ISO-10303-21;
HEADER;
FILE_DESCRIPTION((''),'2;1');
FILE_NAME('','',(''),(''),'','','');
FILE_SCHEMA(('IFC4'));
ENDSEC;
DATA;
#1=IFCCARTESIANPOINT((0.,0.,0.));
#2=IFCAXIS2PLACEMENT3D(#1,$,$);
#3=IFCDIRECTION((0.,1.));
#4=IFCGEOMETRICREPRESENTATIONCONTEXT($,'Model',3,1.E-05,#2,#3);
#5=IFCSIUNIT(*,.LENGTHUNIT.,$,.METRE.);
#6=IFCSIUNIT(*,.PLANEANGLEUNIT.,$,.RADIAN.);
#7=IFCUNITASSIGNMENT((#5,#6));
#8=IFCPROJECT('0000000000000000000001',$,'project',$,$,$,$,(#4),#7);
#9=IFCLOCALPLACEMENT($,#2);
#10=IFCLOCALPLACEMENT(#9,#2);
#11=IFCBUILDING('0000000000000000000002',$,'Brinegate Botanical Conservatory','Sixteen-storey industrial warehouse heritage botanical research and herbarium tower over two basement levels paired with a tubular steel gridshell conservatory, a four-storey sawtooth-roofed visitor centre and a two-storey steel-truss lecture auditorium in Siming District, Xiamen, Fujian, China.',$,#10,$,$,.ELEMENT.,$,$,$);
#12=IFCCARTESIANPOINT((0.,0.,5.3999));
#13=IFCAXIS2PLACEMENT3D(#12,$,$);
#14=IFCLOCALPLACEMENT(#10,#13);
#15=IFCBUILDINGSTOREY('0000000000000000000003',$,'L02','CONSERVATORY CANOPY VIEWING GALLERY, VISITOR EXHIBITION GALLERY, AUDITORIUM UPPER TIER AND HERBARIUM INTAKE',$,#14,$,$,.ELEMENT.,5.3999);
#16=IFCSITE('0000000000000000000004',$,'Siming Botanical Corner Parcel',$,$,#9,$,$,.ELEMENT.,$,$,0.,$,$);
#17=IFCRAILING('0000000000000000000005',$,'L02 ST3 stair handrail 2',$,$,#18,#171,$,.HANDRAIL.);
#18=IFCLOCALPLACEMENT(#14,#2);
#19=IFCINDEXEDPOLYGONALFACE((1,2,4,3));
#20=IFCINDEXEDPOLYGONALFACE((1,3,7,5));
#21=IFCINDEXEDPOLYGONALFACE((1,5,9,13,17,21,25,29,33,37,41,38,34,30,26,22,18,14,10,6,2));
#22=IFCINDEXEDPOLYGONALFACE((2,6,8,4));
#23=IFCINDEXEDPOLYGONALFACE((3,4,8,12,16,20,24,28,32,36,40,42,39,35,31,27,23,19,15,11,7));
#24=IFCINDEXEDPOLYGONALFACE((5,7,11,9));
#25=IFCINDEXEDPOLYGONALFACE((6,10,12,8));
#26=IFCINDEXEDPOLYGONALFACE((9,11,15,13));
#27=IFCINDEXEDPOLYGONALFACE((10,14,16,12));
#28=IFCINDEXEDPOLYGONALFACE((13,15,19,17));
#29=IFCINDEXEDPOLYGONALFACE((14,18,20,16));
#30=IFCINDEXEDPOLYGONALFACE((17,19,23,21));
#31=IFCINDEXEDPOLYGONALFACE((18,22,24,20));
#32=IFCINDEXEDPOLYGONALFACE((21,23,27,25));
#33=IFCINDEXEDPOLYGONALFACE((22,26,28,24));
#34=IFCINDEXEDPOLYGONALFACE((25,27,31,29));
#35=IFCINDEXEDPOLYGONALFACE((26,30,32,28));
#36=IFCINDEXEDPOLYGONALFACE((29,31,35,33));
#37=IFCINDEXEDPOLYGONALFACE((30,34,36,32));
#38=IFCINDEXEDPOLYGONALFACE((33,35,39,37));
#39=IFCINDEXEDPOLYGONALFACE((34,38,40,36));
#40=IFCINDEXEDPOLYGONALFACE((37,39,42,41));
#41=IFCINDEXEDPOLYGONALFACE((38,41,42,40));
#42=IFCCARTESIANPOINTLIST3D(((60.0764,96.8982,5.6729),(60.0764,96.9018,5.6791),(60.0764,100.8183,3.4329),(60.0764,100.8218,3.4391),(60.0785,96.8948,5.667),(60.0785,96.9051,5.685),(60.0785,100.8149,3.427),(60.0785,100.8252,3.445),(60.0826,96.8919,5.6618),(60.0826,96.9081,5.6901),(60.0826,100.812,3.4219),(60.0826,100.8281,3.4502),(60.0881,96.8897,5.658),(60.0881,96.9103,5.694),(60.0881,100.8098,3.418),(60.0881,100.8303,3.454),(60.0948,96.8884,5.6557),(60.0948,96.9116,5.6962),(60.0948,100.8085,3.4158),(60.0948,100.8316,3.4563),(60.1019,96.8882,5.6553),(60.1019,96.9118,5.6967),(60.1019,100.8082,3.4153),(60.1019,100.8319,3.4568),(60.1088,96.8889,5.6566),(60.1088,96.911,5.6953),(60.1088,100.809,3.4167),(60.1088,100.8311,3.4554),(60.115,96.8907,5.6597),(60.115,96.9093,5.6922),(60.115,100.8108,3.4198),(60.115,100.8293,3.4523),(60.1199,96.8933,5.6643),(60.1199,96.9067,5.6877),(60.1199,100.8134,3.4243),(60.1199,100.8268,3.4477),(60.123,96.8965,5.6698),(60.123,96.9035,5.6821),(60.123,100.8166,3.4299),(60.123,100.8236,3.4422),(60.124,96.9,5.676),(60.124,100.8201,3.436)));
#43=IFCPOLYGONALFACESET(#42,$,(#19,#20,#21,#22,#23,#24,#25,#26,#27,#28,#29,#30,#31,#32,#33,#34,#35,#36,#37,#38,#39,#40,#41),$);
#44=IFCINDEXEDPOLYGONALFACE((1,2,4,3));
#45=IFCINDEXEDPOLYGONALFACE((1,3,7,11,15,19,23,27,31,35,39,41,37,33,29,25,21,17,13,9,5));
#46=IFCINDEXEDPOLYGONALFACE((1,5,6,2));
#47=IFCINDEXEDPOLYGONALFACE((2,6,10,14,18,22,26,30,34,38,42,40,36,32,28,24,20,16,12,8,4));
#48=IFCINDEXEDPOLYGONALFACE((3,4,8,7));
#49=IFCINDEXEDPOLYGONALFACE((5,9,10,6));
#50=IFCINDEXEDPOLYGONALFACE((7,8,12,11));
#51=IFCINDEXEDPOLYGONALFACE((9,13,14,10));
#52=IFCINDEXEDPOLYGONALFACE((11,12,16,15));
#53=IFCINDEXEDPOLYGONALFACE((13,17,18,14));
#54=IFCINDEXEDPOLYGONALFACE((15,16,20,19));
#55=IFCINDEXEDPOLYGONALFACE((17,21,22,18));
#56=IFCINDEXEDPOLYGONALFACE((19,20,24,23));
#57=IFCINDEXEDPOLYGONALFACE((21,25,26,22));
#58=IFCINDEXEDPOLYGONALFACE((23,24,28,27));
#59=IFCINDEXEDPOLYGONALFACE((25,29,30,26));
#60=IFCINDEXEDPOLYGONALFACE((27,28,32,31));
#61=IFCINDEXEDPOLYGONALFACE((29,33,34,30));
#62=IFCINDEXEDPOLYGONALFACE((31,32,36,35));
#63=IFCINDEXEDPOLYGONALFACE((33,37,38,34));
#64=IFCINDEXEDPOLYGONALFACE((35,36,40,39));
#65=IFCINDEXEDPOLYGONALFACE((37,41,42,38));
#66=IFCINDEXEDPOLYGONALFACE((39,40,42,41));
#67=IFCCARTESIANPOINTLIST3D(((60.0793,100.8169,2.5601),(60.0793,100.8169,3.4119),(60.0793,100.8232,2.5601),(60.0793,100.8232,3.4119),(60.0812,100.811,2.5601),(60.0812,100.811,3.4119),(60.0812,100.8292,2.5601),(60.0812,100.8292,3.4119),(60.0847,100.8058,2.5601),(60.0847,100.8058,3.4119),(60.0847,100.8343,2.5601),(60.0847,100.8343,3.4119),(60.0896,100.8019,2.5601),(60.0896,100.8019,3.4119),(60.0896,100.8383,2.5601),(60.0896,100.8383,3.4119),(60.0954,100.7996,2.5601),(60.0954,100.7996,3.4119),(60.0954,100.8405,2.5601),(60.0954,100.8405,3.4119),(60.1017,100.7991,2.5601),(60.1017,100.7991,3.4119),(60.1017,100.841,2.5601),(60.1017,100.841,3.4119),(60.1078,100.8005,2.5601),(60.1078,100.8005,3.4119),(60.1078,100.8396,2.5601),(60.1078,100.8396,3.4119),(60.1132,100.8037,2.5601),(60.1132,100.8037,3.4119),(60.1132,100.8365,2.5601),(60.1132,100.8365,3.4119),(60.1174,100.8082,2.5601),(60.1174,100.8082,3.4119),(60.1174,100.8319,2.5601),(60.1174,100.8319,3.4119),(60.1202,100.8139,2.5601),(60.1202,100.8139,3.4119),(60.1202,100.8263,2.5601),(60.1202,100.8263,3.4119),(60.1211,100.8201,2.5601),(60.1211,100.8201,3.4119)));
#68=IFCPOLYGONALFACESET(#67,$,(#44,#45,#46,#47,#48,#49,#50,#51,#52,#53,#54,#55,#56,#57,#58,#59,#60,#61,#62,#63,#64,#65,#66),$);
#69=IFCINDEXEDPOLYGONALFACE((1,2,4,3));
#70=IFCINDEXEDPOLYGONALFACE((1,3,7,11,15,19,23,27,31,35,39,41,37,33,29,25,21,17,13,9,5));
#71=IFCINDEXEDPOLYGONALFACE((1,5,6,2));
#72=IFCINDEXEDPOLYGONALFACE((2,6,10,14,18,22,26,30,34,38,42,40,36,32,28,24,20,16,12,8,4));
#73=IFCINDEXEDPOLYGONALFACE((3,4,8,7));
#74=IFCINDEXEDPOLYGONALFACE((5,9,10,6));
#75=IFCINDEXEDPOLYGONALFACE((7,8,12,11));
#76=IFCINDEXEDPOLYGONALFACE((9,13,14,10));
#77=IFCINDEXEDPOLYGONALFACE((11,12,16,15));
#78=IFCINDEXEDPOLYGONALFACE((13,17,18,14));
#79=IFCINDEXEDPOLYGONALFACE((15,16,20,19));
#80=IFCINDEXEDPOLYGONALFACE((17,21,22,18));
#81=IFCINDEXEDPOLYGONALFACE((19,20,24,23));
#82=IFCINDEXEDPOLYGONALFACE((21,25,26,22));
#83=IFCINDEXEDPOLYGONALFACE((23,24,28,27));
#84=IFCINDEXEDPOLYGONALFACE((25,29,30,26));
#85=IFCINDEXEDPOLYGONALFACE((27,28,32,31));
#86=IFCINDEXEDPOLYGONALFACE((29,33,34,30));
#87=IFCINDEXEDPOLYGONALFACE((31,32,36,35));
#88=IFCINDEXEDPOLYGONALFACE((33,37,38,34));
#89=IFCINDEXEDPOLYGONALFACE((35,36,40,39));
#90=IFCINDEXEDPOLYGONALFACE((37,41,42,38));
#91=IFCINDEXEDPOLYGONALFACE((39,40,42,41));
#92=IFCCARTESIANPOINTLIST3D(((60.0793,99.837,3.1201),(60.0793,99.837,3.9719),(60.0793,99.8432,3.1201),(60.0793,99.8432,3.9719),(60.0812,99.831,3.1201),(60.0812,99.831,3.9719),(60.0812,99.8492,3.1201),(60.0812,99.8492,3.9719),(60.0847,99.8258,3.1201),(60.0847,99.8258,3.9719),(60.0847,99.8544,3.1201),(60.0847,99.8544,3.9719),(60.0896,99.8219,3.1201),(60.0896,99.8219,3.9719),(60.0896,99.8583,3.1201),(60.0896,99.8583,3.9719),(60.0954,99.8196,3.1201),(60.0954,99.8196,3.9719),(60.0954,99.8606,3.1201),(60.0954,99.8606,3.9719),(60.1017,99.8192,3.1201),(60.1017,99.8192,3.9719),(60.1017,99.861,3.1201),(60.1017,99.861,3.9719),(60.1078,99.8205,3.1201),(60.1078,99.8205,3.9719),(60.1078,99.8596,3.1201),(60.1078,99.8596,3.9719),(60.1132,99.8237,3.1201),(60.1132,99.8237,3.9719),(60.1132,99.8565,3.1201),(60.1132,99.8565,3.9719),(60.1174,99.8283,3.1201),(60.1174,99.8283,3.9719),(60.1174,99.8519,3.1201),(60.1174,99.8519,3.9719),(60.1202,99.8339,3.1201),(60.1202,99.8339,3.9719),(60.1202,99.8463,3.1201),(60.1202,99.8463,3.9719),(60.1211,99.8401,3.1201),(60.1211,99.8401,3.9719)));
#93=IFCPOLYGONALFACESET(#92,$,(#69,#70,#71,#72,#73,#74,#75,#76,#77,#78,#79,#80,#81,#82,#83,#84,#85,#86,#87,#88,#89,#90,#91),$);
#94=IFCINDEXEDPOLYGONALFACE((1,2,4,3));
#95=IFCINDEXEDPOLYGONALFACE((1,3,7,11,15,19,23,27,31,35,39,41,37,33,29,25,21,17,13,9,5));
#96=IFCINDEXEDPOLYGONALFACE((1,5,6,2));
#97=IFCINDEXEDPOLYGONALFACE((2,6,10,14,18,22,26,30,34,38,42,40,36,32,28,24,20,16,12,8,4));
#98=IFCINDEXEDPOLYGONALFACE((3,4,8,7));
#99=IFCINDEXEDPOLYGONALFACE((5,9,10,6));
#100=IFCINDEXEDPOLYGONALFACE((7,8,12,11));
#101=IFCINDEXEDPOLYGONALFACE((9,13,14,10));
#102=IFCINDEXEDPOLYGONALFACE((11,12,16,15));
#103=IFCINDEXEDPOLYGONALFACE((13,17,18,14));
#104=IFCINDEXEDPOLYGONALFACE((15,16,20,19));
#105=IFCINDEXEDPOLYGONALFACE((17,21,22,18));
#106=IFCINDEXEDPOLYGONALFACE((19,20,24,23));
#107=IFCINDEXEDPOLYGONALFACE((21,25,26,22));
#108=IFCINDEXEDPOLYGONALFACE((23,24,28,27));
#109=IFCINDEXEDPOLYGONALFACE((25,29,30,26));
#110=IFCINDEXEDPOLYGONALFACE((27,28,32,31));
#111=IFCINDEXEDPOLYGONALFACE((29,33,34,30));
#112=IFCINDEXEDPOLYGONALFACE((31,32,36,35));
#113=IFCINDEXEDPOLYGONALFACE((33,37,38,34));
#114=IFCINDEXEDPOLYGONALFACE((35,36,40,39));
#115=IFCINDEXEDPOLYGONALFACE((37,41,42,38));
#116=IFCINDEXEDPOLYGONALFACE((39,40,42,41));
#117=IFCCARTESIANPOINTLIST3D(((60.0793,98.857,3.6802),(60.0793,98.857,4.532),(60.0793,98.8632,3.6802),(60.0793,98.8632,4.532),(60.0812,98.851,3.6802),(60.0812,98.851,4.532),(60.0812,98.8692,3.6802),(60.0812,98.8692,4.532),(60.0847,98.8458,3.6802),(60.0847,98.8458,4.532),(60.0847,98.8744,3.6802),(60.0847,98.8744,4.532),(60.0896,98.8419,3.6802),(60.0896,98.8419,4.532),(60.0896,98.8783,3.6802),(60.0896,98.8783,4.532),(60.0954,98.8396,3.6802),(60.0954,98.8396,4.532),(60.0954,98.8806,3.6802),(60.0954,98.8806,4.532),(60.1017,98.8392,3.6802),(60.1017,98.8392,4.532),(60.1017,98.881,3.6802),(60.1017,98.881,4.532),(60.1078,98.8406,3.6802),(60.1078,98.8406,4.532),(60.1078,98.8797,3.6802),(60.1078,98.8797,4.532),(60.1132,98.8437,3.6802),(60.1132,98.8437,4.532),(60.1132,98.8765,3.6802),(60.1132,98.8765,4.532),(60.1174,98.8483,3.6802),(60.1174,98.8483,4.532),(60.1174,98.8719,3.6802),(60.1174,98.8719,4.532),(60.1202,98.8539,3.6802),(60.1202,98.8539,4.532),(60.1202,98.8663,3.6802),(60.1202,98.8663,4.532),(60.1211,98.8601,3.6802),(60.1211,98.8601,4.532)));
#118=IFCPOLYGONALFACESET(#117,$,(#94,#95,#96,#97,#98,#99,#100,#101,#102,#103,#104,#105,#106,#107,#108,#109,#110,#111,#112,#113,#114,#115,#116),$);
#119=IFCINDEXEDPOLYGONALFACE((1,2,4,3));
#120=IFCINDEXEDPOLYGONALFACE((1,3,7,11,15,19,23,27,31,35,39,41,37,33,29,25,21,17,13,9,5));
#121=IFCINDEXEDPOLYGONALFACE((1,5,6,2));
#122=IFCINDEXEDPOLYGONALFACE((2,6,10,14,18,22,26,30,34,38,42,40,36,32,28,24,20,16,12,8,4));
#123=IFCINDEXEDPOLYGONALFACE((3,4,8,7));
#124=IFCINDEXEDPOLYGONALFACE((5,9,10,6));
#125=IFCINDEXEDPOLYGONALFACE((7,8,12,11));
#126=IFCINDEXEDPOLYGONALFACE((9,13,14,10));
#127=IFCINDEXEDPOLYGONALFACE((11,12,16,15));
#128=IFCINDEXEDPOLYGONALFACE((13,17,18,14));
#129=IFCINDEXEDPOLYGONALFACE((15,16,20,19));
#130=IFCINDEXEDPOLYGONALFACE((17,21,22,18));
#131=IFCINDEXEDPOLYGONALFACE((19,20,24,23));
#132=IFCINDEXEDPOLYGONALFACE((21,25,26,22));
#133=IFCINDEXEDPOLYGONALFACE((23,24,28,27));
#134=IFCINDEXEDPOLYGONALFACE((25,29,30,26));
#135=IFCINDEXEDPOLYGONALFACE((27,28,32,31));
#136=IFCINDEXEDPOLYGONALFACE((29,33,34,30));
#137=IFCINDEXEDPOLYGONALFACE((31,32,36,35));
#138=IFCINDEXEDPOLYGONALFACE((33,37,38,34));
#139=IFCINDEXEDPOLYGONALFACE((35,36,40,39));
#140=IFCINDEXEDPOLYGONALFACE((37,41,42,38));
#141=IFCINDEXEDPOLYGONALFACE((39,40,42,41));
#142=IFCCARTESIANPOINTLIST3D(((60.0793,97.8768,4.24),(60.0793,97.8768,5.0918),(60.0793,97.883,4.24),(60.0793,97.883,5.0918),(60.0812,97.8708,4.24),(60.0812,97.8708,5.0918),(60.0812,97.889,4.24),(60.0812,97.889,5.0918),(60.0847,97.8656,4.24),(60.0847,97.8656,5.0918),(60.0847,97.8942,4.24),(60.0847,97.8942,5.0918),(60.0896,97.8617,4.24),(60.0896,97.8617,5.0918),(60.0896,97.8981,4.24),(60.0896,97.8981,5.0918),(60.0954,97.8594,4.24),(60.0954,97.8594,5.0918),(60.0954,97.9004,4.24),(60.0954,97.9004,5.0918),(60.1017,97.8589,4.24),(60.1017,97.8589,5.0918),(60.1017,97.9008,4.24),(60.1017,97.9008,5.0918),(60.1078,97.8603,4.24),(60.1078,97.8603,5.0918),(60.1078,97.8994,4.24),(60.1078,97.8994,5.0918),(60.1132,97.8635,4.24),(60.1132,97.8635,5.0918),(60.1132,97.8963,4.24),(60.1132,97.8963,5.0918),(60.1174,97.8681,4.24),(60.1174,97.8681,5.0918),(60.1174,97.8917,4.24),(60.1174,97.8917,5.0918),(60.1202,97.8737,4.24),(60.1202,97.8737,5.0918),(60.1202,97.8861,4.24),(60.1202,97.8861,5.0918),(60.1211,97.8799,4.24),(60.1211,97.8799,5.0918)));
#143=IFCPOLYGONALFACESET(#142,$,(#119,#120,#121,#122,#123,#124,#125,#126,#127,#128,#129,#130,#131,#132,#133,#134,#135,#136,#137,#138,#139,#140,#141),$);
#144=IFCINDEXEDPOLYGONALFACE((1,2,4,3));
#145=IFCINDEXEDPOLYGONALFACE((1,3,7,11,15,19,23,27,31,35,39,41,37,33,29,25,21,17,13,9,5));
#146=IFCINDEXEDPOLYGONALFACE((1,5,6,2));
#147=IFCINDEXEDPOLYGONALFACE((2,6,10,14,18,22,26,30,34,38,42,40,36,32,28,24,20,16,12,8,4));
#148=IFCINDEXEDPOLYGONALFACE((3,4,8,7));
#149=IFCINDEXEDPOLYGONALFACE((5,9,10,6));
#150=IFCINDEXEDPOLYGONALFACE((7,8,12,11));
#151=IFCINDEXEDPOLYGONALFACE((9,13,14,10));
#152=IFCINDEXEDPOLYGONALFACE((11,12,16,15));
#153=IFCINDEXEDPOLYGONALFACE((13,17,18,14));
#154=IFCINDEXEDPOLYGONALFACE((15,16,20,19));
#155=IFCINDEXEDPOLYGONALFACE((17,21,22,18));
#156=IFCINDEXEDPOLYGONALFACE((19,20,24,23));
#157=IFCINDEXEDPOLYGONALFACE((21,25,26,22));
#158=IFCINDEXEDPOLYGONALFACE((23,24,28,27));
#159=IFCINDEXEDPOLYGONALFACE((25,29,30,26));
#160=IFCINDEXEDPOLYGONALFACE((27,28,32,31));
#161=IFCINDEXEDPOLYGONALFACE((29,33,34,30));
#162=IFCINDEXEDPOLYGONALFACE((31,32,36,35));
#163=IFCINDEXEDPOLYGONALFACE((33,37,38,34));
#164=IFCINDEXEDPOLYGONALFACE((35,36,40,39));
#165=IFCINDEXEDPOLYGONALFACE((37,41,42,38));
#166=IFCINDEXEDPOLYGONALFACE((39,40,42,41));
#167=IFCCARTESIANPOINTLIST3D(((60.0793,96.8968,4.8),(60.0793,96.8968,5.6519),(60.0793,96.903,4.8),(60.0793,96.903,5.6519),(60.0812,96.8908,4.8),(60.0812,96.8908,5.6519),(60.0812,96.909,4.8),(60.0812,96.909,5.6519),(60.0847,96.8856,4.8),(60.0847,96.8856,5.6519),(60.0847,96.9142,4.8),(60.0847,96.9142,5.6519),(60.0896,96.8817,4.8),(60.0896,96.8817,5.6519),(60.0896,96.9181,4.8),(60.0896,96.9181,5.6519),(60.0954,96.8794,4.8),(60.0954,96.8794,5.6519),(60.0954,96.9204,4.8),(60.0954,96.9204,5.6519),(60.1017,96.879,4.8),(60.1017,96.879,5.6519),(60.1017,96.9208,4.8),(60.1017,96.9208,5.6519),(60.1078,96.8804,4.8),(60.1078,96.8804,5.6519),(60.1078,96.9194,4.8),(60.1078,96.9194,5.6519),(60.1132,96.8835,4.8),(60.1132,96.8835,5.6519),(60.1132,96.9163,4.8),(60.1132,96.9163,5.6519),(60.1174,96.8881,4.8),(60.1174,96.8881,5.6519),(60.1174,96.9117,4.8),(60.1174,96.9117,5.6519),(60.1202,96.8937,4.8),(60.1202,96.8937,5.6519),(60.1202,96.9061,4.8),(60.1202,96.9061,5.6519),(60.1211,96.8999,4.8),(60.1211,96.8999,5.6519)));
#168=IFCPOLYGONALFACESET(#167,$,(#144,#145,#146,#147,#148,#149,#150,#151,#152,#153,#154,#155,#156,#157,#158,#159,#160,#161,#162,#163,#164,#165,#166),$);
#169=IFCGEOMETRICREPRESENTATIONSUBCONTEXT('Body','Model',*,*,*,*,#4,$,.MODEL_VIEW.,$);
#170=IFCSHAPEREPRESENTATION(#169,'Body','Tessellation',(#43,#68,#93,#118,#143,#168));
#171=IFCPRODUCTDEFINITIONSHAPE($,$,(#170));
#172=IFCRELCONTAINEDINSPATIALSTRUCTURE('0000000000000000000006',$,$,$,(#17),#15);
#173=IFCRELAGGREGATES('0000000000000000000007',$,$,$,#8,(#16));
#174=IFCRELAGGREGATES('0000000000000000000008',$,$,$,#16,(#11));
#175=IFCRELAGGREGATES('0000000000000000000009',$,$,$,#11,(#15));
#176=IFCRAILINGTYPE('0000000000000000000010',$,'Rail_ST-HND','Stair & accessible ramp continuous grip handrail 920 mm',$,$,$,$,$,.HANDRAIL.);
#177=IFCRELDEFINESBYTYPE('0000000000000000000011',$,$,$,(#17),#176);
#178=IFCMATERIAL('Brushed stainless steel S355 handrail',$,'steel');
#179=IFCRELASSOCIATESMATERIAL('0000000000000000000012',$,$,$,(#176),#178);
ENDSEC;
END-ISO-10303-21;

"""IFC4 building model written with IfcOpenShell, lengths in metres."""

from ifc_helpers import new_model, si_unit, direction, frame, origin, origin_2d, place, context, subcontext, project, spatial, circle, extrude, material, type_object, element, save


model = new_model("IFC4")

# Units and contexts
model_context = context("Model", 3, precision=1e-05, world=origin(), true_north=direction((0.0, 1.0)))
body_context = subcontext(model_context, "Body", "Model", "MODEL_VIEW")
ifc_project = project(units=[si_unit("LENGTHUNIT", "METRE"), si_unit("PLANEANGLEUNIT", "RADIAN")], contexts=[model_context])

# Site, building, storey
site_placement = place(None, origin())
site = spatial("IfcSite", under=ifc_project, at=site_placement, Name="Siming Botanical Corner Parcel", CompositionType="ELEMENT", RefElevation=0.0)
building_placement = place(site_placement, origin())
building = spatial("IfcBuilding", under=site, at=building_placement, Name="Brinegate Botanical Conservatory", Description="Sixteen-storey industrial warehouse heritage botanical research and herbarium tower over two basement levels paired with a tubular steel gridshell conservatory, a four-storey sawtooth-roofed visitor centre and a two-storey steel-truss lecture auditorium in Siming District, Xiamen, Fujian, China.", CompositionType="ELEMENT")
storey_placement = place(building_placement, frame((0.0, 0.0, 5.3999)))
storey = spatial("IfcBuildingStorey", under=building, at=storey_placement, Name="L02", Description="CONSERVATORY CANOPY VIEWING GALLERY, VISITOR EXHIBITION GALLERY, AUDITORIUM UPPER TIER AND HERBARIUM INTAKE", CompositionType="ELEMENT", Elevation=5.3999)

# Railing
ifc_material_1 = material(Name="Brushed stainless steel S355 handrail", Category="steel")
railing_type_1 = type_object("IfcRailingType", Name="Rail_ST-HND", Description="Stair & accessible ramp continuous grip handrail 920 mm", PredefinedType="HANDRAIL", material=ifc_material_1)
railing_1_placement = place(storey_placement, frame((60.1001, 100.8201, 2.5601)))
element("IfcRailing", 1, at=railing_1_placement, inside=storey, type_object=railing_type_1, Name="L02 ST3 stair handrail 2", PredefinedType="HANDRAIL", context=body_context, shape_type="SweptSolid", body=[
    extrude(circle(Radius=0.0239, at=origin_2d()), frame((0.0, 0.0, 0.876), z_axis=(0.0, -0.868253, 0.496121), x_axis=(1.0, 0.0, 0.0)), (0.0, 0.0, 1.0), 4.5149),
    extrude(circle(Radius=0.021, at=origin_2d()), origin(), (0.0, 0.0, 1.0), 0.8518),
    extrude(circle(Radius=0.021, at=origin_2d()), frame((0.0, -0.98, 0.5601)), (0.0, 0.0, 1.0), 0.8518),
    extrude(circle(Radius=0.021, at=origin_2d()), frame((0.0, -1.96, 1.1201)), (0.0, 0.0, 1.0), 0.8518),
    extrude(circle(Radius=0.021, at=origin_2d()), frame((0.0, -2.9402, 1.6799)), (0.0, 0.0, 1.0), 0.8518),
    extrude(circle(Radius=0.021, at=origin_2d()), frame((0.0, -3.9202, 2.24)), (0.0, 0.0, 1.0), 0.8518),
])

save(model, "model.ifc")
